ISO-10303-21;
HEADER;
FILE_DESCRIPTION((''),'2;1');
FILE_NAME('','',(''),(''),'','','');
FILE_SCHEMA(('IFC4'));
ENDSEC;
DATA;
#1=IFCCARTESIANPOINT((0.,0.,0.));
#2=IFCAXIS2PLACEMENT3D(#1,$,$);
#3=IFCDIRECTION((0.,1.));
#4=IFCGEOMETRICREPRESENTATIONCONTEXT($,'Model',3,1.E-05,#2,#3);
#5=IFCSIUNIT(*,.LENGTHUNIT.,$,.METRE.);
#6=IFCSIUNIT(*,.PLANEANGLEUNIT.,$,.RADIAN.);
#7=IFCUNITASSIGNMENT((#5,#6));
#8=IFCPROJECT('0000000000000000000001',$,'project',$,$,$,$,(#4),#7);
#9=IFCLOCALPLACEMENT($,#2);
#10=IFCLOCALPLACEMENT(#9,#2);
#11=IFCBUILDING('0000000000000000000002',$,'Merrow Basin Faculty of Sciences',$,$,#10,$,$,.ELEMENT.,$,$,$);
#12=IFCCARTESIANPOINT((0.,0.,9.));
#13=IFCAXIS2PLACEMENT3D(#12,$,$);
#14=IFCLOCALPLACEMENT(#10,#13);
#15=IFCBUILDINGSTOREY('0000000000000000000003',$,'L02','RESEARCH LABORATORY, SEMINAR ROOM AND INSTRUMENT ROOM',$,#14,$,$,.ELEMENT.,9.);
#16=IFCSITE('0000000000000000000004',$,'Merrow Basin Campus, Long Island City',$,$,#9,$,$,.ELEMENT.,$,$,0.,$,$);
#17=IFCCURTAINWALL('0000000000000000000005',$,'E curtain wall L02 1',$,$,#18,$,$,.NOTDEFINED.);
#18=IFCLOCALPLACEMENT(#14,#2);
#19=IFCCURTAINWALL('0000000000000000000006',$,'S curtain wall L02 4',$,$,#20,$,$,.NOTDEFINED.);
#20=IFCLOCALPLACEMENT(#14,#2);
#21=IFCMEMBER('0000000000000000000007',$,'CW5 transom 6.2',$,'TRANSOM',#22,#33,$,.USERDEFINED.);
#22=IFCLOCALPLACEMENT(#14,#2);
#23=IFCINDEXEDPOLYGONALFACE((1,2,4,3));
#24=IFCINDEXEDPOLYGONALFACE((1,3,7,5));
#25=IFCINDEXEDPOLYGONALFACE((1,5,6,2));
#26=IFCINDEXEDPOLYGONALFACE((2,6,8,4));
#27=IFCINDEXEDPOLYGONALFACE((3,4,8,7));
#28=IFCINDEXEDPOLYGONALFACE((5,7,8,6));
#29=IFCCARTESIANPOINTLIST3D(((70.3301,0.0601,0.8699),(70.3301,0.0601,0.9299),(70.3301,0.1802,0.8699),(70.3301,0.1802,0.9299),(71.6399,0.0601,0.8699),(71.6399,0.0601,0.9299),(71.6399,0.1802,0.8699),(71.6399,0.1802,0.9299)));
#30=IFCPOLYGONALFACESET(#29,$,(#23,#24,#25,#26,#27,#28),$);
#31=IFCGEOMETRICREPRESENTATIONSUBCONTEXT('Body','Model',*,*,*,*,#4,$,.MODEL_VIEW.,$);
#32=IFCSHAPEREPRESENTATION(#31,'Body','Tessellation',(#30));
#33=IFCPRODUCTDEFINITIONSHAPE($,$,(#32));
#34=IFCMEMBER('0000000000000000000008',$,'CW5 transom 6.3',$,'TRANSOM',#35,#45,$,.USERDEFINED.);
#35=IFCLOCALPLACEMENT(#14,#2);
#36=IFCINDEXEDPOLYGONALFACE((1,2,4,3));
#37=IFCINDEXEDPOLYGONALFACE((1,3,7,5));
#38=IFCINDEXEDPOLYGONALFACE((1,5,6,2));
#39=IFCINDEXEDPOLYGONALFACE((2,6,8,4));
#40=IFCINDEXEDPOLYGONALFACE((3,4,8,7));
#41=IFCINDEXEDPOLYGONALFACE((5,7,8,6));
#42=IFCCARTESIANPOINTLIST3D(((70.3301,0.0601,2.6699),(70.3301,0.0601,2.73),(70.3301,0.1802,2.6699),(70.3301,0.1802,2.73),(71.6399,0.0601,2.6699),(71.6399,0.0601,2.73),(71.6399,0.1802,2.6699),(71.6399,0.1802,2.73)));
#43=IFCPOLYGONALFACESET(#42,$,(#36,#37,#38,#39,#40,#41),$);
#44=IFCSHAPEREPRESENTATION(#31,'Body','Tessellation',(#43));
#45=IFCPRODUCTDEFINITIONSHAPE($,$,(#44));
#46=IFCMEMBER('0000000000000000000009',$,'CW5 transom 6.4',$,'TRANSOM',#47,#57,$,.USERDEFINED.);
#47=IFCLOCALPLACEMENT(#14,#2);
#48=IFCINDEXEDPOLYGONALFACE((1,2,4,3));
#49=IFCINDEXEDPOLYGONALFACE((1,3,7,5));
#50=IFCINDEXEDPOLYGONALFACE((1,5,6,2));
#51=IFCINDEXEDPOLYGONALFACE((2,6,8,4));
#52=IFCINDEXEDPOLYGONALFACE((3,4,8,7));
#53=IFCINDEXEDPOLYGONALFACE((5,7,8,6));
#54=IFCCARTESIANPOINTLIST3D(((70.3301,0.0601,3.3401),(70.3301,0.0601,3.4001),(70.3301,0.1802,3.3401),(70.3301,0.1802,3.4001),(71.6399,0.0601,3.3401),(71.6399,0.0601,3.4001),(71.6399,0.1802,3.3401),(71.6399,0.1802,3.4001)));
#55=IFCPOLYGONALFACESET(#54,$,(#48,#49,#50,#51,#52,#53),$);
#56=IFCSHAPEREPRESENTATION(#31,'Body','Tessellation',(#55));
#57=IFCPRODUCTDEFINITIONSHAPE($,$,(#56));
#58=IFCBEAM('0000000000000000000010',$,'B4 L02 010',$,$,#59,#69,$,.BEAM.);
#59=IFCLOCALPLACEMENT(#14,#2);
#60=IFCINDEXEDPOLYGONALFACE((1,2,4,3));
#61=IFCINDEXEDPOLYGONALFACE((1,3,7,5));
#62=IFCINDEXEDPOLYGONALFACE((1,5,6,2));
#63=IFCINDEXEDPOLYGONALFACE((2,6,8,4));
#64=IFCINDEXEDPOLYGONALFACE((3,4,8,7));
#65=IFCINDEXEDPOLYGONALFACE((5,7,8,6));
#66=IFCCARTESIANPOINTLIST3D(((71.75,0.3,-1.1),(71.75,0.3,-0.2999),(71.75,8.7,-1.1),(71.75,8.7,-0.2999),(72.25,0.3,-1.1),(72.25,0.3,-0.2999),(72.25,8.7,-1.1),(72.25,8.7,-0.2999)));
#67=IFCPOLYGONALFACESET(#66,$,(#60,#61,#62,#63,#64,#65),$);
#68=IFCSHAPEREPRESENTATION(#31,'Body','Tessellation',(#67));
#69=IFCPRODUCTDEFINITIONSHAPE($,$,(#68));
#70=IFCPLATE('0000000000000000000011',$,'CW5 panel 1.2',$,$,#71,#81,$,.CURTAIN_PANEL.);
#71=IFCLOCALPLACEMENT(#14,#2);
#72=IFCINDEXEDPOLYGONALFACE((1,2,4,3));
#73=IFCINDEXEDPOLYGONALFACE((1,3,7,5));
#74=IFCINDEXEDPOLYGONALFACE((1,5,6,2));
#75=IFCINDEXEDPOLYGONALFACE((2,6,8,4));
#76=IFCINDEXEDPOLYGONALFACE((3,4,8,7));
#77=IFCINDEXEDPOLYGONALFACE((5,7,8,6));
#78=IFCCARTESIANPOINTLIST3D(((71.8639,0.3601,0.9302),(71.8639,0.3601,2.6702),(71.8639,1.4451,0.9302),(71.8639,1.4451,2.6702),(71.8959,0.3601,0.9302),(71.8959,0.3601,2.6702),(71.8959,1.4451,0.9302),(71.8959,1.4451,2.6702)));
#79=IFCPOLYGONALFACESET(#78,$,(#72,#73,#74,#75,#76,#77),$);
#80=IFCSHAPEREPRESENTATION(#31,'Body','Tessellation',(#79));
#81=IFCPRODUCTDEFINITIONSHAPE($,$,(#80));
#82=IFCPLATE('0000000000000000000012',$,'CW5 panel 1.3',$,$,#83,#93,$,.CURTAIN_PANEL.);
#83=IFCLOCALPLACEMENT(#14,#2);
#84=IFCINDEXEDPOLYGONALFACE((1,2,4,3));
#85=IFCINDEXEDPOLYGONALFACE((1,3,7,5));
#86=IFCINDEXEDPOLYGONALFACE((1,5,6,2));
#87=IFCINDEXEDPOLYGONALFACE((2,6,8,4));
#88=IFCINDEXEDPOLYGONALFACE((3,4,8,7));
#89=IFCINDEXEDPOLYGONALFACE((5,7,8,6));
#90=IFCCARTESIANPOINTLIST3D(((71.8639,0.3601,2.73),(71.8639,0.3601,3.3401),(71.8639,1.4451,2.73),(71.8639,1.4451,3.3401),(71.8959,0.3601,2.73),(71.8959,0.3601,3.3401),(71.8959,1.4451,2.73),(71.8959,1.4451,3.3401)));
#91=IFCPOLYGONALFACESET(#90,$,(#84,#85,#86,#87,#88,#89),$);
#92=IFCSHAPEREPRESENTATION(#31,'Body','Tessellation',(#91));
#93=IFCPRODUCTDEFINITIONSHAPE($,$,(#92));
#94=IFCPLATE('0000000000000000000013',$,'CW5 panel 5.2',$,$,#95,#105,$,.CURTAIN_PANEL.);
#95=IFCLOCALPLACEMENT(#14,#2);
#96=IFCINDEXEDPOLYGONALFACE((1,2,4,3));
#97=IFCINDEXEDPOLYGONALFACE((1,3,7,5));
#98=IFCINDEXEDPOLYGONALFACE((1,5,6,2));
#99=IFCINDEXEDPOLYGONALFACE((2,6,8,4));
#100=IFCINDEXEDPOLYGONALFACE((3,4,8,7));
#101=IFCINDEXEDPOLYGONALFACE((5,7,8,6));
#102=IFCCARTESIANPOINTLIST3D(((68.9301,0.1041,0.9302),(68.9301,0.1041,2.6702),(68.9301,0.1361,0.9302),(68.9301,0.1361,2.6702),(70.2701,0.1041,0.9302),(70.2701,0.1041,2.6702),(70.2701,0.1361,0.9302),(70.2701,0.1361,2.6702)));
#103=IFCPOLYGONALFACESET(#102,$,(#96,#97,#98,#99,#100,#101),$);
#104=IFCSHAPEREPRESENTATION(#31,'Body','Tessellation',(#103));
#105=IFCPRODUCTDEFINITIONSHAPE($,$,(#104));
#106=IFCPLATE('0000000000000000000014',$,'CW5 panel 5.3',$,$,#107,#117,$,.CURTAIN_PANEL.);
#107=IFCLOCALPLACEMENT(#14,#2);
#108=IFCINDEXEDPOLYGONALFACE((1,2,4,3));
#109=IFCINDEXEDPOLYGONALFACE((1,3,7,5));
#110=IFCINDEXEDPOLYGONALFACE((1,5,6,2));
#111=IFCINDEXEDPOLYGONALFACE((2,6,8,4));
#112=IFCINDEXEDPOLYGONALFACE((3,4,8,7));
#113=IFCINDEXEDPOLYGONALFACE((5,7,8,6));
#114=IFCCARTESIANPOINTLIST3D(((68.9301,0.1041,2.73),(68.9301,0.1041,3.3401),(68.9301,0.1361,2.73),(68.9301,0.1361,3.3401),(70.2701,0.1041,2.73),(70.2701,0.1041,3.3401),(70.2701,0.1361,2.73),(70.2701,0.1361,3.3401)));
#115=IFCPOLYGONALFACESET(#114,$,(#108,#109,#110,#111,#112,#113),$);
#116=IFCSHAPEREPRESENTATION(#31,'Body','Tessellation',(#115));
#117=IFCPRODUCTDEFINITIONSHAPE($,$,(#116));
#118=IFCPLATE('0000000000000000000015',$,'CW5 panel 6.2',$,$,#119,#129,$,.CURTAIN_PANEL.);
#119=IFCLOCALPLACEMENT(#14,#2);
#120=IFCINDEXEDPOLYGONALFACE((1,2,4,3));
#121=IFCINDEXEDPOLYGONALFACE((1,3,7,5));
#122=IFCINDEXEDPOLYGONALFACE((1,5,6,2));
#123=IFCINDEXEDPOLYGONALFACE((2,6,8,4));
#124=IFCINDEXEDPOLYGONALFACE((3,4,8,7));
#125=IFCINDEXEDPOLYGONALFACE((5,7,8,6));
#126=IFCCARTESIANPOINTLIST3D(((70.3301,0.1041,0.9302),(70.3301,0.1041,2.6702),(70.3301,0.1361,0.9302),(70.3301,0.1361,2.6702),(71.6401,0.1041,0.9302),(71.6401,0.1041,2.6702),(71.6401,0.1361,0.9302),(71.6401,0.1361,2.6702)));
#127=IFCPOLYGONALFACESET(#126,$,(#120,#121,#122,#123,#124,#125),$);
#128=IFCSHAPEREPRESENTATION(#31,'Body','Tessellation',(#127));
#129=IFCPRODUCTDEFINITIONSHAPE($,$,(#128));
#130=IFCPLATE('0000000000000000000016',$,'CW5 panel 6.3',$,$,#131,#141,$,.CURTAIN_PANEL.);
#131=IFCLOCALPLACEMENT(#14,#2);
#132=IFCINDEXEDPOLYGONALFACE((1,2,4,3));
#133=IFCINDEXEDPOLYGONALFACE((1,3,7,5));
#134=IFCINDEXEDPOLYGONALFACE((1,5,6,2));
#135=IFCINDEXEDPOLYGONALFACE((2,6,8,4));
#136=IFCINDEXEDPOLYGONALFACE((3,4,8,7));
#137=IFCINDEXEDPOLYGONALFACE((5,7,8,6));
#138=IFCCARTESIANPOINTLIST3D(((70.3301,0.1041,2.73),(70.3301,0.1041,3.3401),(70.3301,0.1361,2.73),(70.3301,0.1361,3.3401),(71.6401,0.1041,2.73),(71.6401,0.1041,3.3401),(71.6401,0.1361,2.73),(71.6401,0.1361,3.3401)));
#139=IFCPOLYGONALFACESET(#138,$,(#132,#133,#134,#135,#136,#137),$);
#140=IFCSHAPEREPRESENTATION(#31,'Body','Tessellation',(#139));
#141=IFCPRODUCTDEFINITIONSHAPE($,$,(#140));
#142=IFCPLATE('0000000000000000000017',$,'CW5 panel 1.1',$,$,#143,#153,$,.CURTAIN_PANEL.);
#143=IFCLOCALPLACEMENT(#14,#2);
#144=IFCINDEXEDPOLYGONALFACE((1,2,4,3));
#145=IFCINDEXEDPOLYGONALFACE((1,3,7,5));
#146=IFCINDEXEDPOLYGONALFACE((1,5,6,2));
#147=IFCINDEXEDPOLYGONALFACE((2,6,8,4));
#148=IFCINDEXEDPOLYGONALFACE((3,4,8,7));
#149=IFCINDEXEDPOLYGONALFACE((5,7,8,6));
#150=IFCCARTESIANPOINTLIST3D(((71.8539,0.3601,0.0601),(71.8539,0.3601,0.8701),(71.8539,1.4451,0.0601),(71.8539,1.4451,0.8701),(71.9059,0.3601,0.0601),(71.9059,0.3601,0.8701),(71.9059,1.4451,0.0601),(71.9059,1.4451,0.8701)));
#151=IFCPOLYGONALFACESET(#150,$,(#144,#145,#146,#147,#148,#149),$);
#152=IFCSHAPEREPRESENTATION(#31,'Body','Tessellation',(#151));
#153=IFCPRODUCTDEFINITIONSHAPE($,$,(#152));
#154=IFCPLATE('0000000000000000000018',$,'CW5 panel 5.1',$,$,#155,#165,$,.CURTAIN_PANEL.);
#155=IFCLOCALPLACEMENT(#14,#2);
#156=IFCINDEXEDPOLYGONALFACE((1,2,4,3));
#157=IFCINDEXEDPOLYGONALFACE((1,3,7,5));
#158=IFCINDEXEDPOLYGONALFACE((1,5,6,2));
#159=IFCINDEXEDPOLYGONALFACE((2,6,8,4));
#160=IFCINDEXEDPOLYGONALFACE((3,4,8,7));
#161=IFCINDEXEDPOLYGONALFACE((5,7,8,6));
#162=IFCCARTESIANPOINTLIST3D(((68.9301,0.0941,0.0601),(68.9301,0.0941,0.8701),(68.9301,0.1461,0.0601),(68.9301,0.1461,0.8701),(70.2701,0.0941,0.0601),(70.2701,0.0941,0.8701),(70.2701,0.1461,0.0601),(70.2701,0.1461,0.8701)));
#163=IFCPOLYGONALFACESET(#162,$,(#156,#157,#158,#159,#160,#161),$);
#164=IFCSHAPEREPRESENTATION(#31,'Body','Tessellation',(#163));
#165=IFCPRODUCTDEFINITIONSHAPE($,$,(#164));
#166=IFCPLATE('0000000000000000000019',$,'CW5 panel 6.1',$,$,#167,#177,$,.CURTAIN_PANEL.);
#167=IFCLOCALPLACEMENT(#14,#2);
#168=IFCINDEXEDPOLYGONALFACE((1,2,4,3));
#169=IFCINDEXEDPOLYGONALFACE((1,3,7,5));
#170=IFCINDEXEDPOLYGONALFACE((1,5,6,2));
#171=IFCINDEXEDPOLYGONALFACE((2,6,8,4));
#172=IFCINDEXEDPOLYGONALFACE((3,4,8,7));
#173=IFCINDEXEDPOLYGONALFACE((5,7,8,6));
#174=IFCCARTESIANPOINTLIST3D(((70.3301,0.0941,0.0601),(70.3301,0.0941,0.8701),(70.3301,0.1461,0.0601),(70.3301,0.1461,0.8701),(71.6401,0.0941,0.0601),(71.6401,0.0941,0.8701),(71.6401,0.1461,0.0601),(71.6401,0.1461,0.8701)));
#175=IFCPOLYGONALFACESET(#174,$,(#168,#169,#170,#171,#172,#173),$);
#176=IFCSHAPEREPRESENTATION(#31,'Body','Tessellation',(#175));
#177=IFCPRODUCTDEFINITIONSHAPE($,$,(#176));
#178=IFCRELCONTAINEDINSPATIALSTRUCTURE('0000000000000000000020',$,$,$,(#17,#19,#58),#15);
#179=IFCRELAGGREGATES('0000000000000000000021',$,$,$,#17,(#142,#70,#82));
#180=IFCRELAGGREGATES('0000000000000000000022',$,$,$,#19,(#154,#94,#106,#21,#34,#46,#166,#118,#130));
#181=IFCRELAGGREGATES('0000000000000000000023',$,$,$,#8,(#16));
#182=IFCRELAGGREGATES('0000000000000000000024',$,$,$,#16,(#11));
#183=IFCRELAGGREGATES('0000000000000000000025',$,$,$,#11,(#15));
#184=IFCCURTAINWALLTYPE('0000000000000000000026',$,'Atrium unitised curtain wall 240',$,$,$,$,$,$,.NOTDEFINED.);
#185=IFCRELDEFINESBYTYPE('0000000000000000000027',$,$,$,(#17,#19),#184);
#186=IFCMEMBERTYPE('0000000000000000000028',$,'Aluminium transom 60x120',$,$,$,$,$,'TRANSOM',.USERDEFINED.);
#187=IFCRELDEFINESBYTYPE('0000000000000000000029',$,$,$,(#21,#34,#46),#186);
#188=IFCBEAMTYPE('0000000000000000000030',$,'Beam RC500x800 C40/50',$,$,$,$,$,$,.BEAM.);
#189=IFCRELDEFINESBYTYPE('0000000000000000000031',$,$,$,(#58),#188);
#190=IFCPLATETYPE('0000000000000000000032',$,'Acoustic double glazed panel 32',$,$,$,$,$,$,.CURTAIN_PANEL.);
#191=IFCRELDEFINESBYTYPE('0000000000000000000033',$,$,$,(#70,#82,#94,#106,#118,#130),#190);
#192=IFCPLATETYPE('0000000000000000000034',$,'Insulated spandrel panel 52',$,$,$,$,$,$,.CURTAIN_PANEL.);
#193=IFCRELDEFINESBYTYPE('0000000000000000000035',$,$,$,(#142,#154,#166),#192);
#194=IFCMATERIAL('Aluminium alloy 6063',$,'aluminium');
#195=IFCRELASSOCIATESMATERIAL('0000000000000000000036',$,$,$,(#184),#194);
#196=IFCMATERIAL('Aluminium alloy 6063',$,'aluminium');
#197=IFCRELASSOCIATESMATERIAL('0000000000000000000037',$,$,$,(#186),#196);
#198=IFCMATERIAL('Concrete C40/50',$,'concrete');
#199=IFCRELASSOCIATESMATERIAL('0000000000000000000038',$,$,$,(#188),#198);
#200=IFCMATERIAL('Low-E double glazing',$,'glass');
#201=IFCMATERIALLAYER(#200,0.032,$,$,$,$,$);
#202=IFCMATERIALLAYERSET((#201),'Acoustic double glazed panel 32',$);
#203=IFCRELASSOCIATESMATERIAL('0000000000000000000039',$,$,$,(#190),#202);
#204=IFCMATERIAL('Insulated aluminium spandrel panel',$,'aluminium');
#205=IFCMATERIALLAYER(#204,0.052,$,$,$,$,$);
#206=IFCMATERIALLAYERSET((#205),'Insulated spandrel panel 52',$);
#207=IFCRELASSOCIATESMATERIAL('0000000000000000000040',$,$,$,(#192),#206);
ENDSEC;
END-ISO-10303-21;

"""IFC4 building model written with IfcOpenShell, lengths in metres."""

from ifc_helpers import new_model, si_unit, direction, frame, origin, origin_2d, place, context, subcontext, project, spatial, rectangle, extrude, material, layer, layer_set, material_profile, profile_set, type_object, element, aggregate, save


model = new_model("IFC4")

# Units and contexts
model_context = context("Model", 3, precision=1e-05, world=origin(), true_north=direction((0.0, 1.0)))
body_context = subcontext(model_context, "Body", "Model", "MODEL_VIEW")
ifc_project = project(units=[si_unit("LENGTHUNIT", "METRE"), si_unit("PLANEANGLEUNIT", "RADIAN")], contexts=[model_context])

# Site, building, storey
site_placement = place(None, origin())
site = spatial("IfcSite", under=ifc_project, at=site_placement, Name="Merrow Basin Campus, Long Island City", CompositionType="ELEMENT", RefElevation=0.0)
building_placement = place(site_placement, origin())
building = spatial("IfcBuilding", under=site, at=building_placement, Name="Merrow Basin Faculty of Sciences", CompositionType="ELEMENT")
storey_placement = place(building_placement, frame((0.0, 0.0, 9.0)))
storey = spatial("IfcBuildingStorey", under=building, at=storey_placement, Name="L02", Description="RESEARCH LABORATORY, SEMINAR ROOM AND INSTRUMENT ROOM", CompositionType="ELEMENT", Elevation=9.0)

# Curtain walls
ifc_material_1 = material(Name="Aluminium alloy 6063", Category="aluminium")
curtain_wall_type = type_object("IfcCurtainWallType", Name="Atrium unitised curtain wall 240", PredefinedType="NOTDEFINED", material=ifc_material_1)
curtain_wall_1_placement = place(storey_placement, origin())
curtain_wall_1 = element("IfcCurtainWall", 1, at=curtain_wall_1_placement, inside=storey, type_object=curtain_wall_type, Name="E curtain wall L02 1", PredefinedType="NOTDEFINED")
curtain_wall_2_placement = place(storey_placement, origin())
curtain_wall_2 = element("IfcCurtainWall", 2, at=curtain_wall_2_placement, inside=storey, type_object=curtain_wall_type, Name="S curtain wall L02 4", PredefinedType="NOTDEFINED")

# Members
ifc_material_2 = material(Name="Aluminium alloy 6063", Category="aluminium")
ifc_material_profile_1 = material_profile(ifc_material_2, rectangle(XDim=0.1201, YDim=0.0601, at=origin_2d()))
ifc_profile_set_1 = profile_set([ifc_material_profile_1], Name="Aluminium alloy 6063")
member_type_1 = type_object("IfcMemberType", Name="Aluminium transom 60x120", ElementType="TRANSOM", PredefinedType="USERDEFINED", material=ifc_profile_set_1)
member_1_placement = place(storey_placement, frame((70.3301, 0.1201, 0.8999), z_axis=(1.0, 0.0, 0.0), x_axis=(0.0, 1.0, 0.0)))
member_1 = element("IfcMember", 3, at=member_1_placement, type_object=member_type_1, Name="CW5 transom 6.2", ObjectType="TRANSOM", PredefinedType="USERDEFINED", context=body_context, shape_type="SweptSolid", body=[
    extrude(rectangle(XDim=0.1201, YDim=0.0601, at=origin_2d()), origin(), (0.0, 0.0, 1.0), 1.3098),
])
member_2_placement = place(storey_placement, frame((70.3301, 0.1201, 2.7), z_axis=(1.0, 0.0, 0.0), x_axis=(0.0, 1.0, 0.0)))
member_2 = element("IfcMember", 4, at=member_2_placement, type_object=member_type_1, Name="CW5 transom 6.3", ObjectType="TRANSOM", PredefinedType="USERDEFINED", context=body_context, shape_type="SweptSolid", body=[
    extrude(rectangle(XDim=0.1201, YDim=0.0601, at=origin_2d()), origin(), (0.0, 0.0, 1.0), 1.3098),
])
member_3_placement = place(storey_placement, frame((70.3301, 0.1201, 3.3701), z_axis=(1.0, 0.0, 0.0), x_axis=(0.0, 1.0, 0.0)))
member_3 = element("IfcMember", 5, at=member_3_placement, type_object=member_type_1, Name="CW5 transom 6.4", ObjectType="TRANSOM", PredefinedType="USERDEFINED", context=body_context, shape_type="SweptSolid", body=[
    extrude(rectangle(XDim=0.1201, YDim=0.0601, at=origin_2d()), origin(), (0.0, 0.0, 1.0), 1.3098),
])

# Beam
ifc_material_3 = material(Name="Concrete C40/50", Category="concrete")
ifc_material_profile_2 = material_profile(ifc_material_3, rectangle(XDim=0.5, YDim=0.8, at=origin_2d()))
ifc_profile_set_2 = profile_set([ifc_material_profile_2], Name="Concrete C40/50")
beam_type = type_object("IfcBeamType", Name="Beam RC500x800 C40/50", PredefinedType="BEAM", material=ifc_profile_set_2)
beam_placement = place(storey_placement, frame((72.0, 0.3, -0.7), z_axis=(0.0, 1.0, 0.0), x_axis=(-1.0, 0.0, 0.0)))
element("IfcBeam", 6, at=beam_placement, inside=storey, type_object=beam_type, Name="B4 L02 010", PredefinedType="BEAM", context=body_context, shape_type="SweptSolid", body=[
    extrude(rectangle(XDim=0.5, YDim=0.8, at=origin_2d()), origin(), (0.0, 0.0, 1.0), 8.3999),
])

# Plates
ifc_material_4 = material(Name="Low-E double glazing", Category="glass")
ifc_layer_1 = layer(ifc_material_4, 0.032)
ifc_layer_set_1 = layer_set([ifc_layer_1], Name="Acoustic double glazed panel 32")
plate_type_1 = type_object("IfcPlateType", Name="Acoustic double glazed panel 32", PredefinedType="CURTAIN_PANEL", material=ifc_layer_set_1)
plate_1_placement = place(storey_placement, frame((71.8799, 0.9026, 0.9302), z_axis=(0.0, 0.0, 1.0), x_axis=(0.0, 1.0, 0.0)))
plate_1 = element("IfcPlate", 7, at=plate_1_placement, type_object=plate_type_1, Name="CW5 panel 1.2", PredefinedType="CURTAIN_PANEL", context=body_context, shape_type="SweptSolid", body=[
    extrude(rectangle(XDim=1.085, YDim=0.032, at=origin_2d()), origin(), (0.0, 0.0, 1.0), 1.74),
])
plate_2_placement = place(storey_placement, frame((71.8799, 0.9026, 2.73), z_axis=(0.0, 0.0, 1.0), x_axis=(0.0, 1.0, 0.0)))
plate_2 = element("IfcPlate", 8, at=plate_2_placement, type_object=plate_type_1, Name="CW5 panel 1.3", PredefinedType="CURTAIN_PANEL", context=body_context, shape_type="SweptSolid", body=[
    extrude(rectangle(XDim=1.085, YDim=0.032, at=origin_2d()), origin(), (0.0, 0.0, 1.0), 0.6101),
])
plate_3_placement = place(storey_placement, frame((69.6001, 0.1201, 0.9302), z_axis=(0.0, 0.0, 1.0), x_axis=(1.0, 0.0, 0.0)))
plate_3 = element("IfcPlate", 9, at=plate_3_placement, type_object=plate_type_1, Name="CW5 panel 5.2", PredefinedType="CURTAIN_PANEL", context=body_context, shape_type="SweptSolid", body=[
    extrude(rectangle(XDim=1.3401, YDim=0.032, at=origin_2d()), origin(), (0.0, 0.0, 1.0), 1.74),
])
plate_4_placement = place(storey_placement, frame((69.6001, 0.1201, 2.73), z_axis=(0.0, 0.0, 1.0), x_axis=(1.0, 0.0, 0.0)))
plate_4 = element("IfcPlate", 10, at=plate_4_placement, type_object=plate_type_1, Name="CW5 panel 5.3", PredefinedType="CURTAIN_PANEL", context=body_context, shape_type="SweptSolid", body=[
    extrude(rectangle(XDim=1.3401, YDim=0.032, at=origin_2d()), origin(), (0.0, 0.0, 1.0), 0.6101),
])
plate_5_placement = place(storey_placement, frame((70.9851, 0.1201, 0.9302), z_axis=(0.0, 0.0, 1.0), x_axis=(1.0, 0.0, 0.0)))
plate_5 = element("IfcPlate", 11, at=plate_5_placement, type_object=plate_type_1, Name="CW5 panel 6.2", PredefinedType="CURTAIN_PANEL", context=body_context, shape_type="SweptSolid", body=[
    extrude(rectangle(XDim=1.3101, YDim=0.032, at=origin_2d()), origin(), (0.0, 0.0, 1.0), 1.74),
])
plate_6_placement = place(storey_placement, frame((70.9851, 0.1201, 2.73), z_axis=(0.0, 0.0, 1.0), x_axis=(1.0, 0.0, 0.0)))
plate_6 = element("IfcPlate", 12, at=plate_6_placement, type_object=plate_type_1, Name="CW5 panel 6.3", PredefinedType="CURTAIN_PANEL", context=body_context, shape_type="SweptSolid", body=[
    extrude(rectangle(XDim=1.3101, YDim=0.032, at=origin_2d()), origin(), (0.0, 0.0, 1.0), 0.6101),
])
ifc_material_5 = material(Name="Insulated aluminium spandrel panel", Category="aluminium")
ifc_layer_2 = layer(ifc_material_5, 0.052)
ifc_layer_set_2 = layer_set([ifc_layer_2], Name="Insulated spandrel panel 52")
plate_type_2 = type_object("IfcPlateType", Name="Insulated spandrel panel 52", PredefinedType="CURTAIN_PANEL", material=ifc_layer_set_2)
plate_7_placement = place(storey_placement, frame((71.8799, 0.9026, 0.0601), z_axis=(0.0, 0.0, 1.0), x_axis=(0.0, 1.0, 0.0)))
plate_7 = element("IfcPlate", 13, at=plate_7_placement, type_object=plate_type_2, Name="CW5 panel 1.1", PredefinedType="CURTAIN_PANEL", context=body_context, shape_type="SweptSolid", body=[
    extrude(rectangle(XDim=1.085, YDim=0.052, at=origin_2d()), origin(), (0.0, 0.0, 1.0), 0.8101),
])
aggregate(curtain_wall_1, [plate_7, plate_1, plate_2])
plate_8_placement = place(storey_placement, frame((69.6001, 0.1201, 0.0601), z_axis=(0.0, 0.0, 1.0), x_axis=(1.0, 0.0, 0.0)))
plate_8 = element("IfcPlate", 14, at=plate_8_placement, type_object=plate_type_2, Name="CW5 panel 5.1", PredefinedType="CURTAIN_PANEL", context=body_context, shape_type="SweptSolid", body=[
    extrude(rectangle(XDim=1.3401, YDim=0.052, at=origin_2d()), origin(), (0.0, 0.0, 1.0), 0.8101),
])
plate_9_placement = place(storey_placement, frame((70.9851, 0.1201, 0.0601), z_axis=(0.0, 0.0, 1.0), x_axis=(1.0, 0.0, 0.0)))
plate_9 = element("IfcPlate", 15, at=plate_9_placement, type_object=plate_type_2, Name="CW5 panel 6.1", PredefinedType="CURTAIN_PANEL", context=body_context, shape_type="SweptSolid", body=[
    extrude(rectangle(XDim=1.3101, YDim=0.052, at=origin_2d()), origin(), (0.0, 0.0, 1.0), 0.8101),
])
aggregate(curtain_wall_2, [plate_8, plate_3, plate_4, member_1, member_2, member_3, plate_9, plate_5, plate_6])

save(model, "model.ifc")
